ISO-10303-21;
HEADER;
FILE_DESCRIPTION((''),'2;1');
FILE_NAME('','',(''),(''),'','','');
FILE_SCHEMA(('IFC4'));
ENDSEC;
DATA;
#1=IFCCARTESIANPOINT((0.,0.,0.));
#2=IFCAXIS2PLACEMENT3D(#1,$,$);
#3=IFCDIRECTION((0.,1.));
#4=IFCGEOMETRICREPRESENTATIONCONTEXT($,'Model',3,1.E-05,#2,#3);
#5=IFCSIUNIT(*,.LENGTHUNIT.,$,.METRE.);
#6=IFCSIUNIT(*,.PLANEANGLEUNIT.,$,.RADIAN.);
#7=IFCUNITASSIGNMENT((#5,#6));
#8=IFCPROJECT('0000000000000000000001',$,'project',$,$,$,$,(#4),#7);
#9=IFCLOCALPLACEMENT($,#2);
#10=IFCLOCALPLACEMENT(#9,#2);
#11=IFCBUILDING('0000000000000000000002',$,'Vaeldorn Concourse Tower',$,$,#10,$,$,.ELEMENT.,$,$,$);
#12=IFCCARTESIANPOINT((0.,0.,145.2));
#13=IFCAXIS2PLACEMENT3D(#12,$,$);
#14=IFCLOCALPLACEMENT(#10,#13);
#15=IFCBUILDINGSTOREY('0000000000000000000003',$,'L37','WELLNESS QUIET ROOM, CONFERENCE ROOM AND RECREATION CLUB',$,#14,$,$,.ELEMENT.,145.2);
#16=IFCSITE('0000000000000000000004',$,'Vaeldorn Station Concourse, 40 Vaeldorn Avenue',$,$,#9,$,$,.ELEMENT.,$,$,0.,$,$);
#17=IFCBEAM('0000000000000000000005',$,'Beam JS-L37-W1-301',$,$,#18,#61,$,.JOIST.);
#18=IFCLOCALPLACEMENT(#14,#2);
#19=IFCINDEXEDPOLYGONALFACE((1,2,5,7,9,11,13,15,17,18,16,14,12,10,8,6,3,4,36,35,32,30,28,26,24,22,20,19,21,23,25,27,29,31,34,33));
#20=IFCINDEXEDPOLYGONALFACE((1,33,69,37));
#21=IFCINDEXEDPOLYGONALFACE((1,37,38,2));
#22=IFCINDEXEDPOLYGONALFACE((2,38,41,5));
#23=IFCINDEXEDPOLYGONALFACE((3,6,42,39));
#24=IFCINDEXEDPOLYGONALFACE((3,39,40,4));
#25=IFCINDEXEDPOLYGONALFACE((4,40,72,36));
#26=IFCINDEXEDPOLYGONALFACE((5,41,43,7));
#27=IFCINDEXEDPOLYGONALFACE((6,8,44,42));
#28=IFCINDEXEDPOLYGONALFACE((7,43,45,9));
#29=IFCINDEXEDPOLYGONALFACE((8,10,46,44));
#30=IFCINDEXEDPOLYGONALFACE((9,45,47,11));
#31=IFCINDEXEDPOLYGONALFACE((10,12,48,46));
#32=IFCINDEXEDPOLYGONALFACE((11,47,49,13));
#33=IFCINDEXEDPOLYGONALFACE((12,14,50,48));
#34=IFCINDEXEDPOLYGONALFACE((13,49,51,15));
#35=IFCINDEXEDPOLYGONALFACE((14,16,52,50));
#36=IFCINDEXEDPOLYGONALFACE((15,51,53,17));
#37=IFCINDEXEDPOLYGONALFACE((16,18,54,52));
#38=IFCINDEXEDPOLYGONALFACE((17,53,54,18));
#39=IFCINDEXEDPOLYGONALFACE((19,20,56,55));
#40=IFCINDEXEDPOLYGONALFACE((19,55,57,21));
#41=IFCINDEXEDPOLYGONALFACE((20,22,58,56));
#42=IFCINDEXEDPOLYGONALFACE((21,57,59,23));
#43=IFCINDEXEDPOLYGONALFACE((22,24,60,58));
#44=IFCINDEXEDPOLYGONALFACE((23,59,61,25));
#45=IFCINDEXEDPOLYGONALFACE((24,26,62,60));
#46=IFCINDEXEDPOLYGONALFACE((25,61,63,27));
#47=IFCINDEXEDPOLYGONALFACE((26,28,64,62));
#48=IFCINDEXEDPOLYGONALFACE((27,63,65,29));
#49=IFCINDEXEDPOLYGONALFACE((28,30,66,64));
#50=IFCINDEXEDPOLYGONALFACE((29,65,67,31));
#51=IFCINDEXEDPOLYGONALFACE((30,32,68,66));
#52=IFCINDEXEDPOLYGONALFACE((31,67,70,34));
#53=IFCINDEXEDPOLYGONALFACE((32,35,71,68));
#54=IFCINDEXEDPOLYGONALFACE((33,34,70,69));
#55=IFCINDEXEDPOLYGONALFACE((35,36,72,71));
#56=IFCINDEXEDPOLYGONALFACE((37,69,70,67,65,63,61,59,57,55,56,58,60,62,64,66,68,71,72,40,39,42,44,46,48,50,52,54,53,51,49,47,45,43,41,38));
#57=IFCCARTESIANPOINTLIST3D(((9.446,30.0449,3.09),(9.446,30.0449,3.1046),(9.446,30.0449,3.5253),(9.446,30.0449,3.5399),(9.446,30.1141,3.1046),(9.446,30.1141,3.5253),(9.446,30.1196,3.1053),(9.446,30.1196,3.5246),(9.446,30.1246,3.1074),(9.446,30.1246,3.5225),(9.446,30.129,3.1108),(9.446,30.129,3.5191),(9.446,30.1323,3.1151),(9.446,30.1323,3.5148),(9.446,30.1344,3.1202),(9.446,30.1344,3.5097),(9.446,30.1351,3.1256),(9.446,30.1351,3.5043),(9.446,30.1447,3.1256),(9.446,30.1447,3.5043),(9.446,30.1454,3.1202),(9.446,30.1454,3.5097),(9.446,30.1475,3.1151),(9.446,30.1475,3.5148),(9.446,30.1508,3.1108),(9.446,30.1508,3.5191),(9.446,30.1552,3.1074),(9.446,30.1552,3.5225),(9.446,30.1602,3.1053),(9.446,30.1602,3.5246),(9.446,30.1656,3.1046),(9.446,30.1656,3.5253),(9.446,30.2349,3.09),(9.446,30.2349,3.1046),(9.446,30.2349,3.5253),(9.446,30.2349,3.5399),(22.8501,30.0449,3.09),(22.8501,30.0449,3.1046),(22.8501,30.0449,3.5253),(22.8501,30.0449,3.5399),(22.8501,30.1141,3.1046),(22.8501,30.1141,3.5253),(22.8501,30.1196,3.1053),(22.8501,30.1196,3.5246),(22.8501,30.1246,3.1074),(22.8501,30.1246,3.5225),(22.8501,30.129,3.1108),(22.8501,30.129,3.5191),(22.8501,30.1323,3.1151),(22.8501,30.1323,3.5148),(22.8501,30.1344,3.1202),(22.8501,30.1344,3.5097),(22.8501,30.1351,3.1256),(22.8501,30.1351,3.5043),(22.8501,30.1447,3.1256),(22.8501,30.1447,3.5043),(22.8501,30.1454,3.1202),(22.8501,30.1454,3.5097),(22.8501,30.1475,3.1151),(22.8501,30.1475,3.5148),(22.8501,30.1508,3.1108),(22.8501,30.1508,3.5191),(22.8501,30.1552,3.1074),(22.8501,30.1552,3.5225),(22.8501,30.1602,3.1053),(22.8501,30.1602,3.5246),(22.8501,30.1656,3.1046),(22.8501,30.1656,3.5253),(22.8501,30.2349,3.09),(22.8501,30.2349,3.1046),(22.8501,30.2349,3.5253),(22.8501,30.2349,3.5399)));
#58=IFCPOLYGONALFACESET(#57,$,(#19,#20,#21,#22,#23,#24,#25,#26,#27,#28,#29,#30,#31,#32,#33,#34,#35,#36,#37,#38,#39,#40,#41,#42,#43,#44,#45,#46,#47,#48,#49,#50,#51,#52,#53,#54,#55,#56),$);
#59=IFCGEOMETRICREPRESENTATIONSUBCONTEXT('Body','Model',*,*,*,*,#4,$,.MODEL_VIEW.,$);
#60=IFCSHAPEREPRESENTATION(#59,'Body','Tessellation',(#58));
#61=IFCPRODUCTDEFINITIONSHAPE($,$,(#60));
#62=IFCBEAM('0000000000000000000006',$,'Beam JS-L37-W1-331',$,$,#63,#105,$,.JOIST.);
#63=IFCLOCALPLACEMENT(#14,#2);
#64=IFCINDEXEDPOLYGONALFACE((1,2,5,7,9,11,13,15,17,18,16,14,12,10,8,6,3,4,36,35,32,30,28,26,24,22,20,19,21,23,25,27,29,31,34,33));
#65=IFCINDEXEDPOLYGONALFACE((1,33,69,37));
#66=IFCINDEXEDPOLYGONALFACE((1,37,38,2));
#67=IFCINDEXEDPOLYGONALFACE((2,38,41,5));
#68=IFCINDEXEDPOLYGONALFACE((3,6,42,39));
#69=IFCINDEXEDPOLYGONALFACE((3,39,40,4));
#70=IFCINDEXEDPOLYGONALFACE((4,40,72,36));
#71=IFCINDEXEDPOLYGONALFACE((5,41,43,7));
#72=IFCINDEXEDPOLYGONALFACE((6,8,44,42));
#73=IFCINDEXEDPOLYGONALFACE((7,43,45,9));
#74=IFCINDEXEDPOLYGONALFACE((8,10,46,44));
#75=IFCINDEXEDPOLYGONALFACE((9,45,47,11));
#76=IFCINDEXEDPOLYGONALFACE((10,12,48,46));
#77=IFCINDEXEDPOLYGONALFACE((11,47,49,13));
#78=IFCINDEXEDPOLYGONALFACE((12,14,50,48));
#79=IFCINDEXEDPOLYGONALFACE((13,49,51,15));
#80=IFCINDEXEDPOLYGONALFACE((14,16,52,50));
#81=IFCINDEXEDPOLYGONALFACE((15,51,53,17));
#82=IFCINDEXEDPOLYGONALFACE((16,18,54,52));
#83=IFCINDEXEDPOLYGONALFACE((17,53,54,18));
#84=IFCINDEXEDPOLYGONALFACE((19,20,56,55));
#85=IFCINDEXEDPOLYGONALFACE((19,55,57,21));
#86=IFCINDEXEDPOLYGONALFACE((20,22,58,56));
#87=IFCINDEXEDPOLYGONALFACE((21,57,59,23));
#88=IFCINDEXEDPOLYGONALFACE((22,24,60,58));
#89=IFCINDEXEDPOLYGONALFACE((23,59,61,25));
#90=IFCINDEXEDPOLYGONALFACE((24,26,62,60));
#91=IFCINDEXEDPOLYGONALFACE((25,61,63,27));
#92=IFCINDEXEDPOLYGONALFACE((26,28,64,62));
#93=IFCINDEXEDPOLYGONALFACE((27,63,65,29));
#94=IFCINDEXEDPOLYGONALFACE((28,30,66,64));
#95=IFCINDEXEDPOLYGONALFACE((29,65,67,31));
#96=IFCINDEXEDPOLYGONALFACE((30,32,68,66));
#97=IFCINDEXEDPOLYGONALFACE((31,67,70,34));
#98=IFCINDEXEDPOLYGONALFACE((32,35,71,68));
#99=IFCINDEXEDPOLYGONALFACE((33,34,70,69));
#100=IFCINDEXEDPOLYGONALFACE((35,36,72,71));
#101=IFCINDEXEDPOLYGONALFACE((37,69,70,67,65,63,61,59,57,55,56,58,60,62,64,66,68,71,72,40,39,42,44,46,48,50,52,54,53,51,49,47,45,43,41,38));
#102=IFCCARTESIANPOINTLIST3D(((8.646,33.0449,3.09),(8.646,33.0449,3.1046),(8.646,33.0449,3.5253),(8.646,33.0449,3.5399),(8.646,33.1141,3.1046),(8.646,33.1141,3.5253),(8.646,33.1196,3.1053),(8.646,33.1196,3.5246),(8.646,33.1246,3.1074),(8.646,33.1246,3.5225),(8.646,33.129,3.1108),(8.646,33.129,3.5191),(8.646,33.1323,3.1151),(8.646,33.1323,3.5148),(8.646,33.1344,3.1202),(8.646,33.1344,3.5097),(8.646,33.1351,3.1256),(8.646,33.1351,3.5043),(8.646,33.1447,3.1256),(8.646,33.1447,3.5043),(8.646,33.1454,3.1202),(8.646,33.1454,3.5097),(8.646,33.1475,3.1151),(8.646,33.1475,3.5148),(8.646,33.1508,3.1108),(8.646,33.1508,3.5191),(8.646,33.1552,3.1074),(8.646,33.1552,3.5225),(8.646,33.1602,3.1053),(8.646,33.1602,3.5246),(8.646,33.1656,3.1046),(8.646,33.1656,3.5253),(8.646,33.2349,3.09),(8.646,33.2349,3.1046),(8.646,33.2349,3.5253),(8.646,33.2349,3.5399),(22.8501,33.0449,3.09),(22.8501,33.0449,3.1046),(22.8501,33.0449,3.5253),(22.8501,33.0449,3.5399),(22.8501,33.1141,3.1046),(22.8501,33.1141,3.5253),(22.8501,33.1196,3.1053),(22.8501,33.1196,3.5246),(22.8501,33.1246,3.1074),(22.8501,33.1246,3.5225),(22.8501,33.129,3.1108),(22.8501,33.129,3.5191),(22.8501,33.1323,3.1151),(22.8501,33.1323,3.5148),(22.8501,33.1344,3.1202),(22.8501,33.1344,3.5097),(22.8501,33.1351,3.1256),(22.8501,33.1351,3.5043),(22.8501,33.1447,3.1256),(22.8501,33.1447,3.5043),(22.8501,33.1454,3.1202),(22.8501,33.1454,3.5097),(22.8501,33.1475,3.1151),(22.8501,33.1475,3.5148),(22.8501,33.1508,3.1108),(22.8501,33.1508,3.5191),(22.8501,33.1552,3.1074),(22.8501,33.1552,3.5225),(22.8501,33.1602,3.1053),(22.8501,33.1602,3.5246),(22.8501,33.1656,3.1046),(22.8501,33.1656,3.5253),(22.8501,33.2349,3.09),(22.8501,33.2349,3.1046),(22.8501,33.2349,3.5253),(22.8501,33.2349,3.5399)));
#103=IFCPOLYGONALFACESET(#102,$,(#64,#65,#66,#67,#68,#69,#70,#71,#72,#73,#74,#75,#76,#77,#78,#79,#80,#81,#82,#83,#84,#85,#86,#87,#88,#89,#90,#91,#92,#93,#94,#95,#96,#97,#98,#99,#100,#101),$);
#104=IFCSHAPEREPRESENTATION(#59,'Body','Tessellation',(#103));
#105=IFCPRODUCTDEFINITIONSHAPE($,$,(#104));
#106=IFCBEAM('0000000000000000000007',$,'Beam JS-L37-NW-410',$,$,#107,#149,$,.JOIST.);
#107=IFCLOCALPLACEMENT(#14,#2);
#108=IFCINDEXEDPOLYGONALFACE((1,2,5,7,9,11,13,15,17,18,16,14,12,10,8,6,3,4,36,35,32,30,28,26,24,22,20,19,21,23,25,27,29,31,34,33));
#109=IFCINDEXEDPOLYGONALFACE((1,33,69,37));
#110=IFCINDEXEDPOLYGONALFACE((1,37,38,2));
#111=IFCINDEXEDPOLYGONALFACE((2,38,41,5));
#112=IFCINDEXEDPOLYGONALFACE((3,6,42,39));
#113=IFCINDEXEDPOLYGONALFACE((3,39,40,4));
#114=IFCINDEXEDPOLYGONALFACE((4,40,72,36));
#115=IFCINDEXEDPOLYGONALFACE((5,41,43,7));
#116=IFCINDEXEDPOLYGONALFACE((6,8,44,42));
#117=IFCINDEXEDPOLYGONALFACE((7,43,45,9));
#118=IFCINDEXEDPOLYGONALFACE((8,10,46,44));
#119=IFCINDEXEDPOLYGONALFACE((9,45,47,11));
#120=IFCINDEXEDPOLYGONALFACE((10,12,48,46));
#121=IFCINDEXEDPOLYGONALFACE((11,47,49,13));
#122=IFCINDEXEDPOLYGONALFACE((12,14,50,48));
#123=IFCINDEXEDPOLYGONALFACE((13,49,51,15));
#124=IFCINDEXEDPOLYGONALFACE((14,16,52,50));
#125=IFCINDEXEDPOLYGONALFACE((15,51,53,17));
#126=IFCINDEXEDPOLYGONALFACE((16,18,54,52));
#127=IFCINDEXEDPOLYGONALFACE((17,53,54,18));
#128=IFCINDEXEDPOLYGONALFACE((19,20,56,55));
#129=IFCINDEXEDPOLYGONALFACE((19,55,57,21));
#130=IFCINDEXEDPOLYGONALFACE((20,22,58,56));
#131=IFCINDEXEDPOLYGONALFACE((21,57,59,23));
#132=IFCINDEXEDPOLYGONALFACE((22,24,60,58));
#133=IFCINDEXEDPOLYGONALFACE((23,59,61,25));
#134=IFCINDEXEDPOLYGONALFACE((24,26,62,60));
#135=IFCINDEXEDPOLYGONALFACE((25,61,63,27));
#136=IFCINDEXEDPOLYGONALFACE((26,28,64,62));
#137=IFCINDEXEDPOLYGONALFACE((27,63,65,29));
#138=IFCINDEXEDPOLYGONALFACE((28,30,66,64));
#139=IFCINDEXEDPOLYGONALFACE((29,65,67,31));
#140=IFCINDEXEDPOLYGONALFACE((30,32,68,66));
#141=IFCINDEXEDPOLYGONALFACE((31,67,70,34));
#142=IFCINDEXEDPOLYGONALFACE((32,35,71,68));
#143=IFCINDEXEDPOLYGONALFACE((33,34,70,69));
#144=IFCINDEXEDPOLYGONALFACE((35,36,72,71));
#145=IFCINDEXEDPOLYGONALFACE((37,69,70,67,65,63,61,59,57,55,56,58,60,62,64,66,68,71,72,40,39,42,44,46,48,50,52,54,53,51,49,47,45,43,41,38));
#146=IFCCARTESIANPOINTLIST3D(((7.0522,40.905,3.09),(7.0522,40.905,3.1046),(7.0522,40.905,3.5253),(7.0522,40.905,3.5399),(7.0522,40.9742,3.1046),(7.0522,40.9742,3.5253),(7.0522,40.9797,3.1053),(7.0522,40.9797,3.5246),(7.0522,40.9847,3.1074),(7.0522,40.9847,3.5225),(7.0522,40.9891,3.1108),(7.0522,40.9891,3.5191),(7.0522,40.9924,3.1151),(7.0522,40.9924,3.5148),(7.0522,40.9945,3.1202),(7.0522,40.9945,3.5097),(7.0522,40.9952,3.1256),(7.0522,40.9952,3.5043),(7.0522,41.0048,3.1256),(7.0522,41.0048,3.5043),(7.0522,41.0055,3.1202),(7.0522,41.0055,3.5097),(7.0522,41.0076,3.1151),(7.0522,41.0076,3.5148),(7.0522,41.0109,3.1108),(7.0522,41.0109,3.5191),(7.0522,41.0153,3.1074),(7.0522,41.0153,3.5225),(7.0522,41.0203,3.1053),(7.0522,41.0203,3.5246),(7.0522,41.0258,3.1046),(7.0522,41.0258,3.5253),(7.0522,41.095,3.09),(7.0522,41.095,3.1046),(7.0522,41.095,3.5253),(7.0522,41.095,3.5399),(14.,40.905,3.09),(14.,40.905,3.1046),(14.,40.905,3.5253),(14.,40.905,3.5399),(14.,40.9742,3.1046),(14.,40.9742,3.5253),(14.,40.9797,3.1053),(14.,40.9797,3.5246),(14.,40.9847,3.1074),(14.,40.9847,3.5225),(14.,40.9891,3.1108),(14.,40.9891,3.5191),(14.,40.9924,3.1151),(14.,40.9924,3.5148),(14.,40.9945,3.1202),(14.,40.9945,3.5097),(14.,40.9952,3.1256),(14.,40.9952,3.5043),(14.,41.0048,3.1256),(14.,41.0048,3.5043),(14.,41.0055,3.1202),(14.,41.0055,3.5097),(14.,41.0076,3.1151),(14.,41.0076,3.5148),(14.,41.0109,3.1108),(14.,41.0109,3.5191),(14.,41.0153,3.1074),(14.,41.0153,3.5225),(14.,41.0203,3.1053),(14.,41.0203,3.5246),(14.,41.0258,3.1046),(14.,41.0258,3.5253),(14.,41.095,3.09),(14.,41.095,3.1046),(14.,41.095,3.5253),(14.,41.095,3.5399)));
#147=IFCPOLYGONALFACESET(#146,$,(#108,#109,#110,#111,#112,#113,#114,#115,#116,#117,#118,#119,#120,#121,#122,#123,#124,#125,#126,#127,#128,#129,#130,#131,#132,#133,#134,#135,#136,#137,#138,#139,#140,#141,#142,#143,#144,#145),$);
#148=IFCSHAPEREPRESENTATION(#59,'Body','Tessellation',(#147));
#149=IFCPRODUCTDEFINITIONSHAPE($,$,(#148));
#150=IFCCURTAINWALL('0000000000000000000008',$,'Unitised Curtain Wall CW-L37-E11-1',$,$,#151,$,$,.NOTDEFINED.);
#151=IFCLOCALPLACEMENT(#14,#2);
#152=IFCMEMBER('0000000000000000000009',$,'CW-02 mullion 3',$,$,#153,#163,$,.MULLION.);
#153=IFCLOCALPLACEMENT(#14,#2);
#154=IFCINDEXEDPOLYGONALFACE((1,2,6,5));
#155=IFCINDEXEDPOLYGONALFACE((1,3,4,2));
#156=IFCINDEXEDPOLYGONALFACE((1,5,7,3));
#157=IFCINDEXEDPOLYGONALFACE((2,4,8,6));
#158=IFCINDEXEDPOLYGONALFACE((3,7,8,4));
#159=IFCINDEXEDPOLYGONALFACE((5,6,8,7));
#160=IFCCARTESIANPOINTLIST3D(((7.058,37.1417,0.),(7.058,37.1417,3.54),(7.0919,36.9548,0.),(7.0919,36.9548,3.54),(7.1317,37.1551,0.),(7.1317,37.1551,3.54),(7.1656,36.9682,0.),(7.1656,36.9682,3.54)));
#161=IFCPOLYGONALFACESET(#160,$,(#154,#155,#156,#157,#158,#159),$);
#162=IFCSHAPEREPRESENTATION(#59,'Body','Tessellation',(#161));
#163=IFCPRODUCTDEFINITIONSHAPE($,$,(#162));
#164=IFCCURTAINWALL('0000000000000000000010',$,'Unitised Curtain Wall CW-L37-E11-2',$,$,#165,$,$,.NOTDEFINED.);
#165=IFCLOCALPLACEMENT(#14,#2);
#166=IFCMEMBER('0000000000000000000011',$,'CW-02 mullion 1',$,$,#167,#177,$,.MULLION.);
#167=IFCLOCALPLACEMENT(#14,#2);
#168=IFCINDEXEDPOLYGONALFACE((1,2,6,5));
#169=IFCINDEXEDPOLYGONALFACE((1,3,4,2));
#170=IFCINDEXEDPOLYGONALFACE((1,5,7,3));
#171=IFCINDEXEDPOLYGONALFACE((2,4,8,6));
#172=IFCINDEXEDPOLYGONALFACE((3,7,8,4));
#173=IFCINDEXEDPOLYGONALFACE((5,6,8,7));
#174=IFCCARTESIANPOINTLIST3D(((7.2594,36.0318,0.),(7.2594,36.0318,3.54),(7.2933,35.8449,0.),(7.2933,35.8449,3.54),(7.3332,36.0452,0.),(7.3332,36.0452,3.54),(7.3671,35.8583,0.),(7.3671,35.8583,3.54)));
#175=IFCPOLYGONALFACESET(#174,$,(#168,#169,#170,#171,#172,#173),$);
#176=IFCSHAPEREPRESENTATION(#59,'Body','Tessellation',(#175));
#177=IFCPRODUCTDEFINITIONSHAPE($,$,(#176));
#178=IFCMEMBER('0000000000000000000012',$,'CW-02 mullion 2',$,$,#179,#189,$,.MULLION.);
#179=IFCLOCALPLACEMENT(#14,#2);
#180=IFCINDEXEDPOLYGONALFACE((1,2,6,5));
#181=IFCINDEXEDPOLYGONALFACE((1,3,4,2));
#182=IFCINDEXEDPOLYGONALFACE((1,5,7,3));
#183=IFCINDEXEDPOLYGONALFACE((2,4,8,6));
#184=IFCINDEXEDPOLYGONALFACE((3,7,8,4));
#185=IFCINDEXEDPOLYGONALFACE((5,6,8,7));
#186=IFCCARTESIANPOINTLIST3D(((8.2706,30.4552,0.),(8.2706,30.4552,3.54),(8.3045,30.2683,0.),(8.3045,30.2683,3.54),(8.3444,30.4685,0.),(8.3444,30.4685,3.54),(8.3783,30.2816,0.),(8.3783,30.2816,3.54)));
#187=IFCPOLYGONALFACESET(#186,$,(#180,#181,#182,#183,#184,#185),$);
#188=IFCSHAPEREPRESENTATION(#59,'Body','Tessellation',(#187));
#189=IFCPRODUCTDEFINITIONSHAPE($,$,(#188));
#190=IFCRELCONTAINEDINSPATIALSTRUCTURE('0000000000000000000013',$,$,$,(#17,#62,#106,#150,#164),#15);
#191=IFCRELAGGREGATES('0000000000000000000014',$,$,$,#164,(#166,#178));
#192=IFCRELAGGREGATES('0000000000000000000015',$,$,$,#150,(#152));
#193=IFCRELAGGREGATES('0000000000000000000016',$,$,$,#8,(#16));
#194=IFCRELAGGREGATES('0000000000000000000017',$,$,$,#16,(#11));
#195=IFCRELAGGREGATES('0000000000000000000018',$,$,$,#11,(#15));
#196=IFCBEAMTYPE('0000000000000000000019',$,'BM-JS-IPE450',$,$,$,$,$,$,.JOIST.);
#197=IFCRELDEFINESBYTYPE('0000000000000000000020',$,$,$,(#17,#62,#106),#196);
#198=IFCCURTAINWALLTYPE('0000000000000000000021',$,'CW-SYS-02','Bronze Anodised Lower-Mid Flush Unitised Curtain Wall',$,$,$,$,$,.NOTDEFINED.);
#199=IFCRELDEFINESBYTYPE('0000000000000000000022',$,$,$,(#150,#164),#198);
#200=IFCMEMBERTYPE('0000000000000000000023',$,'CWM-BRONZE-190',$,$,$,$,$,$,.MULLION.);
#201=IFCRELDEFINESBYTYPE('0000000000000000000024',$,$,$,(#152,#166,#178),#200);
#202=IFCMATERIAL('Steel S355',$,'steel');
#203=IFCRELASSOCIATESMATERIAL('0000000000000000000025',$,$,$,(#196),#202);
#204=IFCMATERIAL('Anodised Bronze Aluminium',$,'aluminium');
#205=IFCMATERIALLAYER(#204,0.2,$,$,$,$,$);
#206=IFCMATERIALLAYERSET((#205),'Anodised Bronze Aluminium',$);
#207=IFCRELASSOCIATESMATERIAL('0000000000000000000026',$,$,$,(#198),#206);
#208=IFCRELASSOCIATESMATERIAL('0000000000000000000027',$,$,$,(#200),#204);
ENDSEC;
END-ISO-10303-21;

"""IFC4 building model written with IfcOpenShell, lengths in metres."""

from ifc_helpers import new_model, si_unit, direction, frame, origin, origin_2d, place, context, subcontext, project, spatial, rectangle, i_section, extrude, source, transform, mapped, material, layer, layer_set, material_profile, profile_set, type_object, element, aggregate, save


model = new_model("IFC4")

# Units and contexts
model_context = context("Model", 3, precision=1e-05, world=origin(), true_north=direction((0.0, 1.0)))
body_context = subcontext(model_context, "Body", "Model", "MODEL_VIEW")
ifc_project = project(units=[si_unit("LENGTHUNIT", "METRE"), si_unit("PLANEANGLEUNIT", "RADIAN")], contexts=[model_context])

# Site, building, storey
site_placement = place(None, origin())
site = spatial("IfcSite", under=ifc_project, at=site_placement, Name="Vaeldorn Station Concourse, 40 Vaeldorn Avenue", CompositionType="ELEMENT", RefElevation=0.0)
building_placement = place(site_placement, origin())
building = spatial("IfcBuilding", under=site, at=building_placement, Name="Vaeldorn Concourse Tower", CompositionType="ELEMENT")
storey_placement = place(building_placement, frame((0.0, 0.0, 145.2)))
storey = spatial("IfcBuildingStorey", under=building, at=storey_placement, Name="L37", Description="WELLNESS QUIET ROOM, CONFERENCE ROOM AND RECREATION CLUB", CompositionType="ELEMENT", Elevation=145.2)

# Beams
ifc_material_1 = material(Name="Steel S355", Category="steel")
ifc_material_profile_1 = material_profile(ifc_material_1, i_section(OverallWidth=0.1899, OverallDepth=0.45, WebThickness=0.0095, FlangeThickness=0.0146, FilletRadius=0.021, at=origin_2d()), Name="IPE 450")
ifc_profile_set_1 = profile_set([ifc_material_profile_1], Name="Steel S355")
beam_type_1 = type_object("IfcBeamType", Name="BM-JS-IPE450", PredefinedType="JOIST", material=ifc_profile_set_1)
shared_shape_1 = source(origin(), body_context, "Body", "SweptSolid", [
    extrude(i_section(OverallWidth=0.1899, OverallDepth=0.45, WebThickness=0.0095, FlangeThickness=0.0146, FilletRadius=0.021, at=origin_2d()), origin(), (0.0, 0.0, 1.0), 13.4041),
])
beam_1_placement = place(storey_placement, frame((9.446, 30.1399, 3.3149), z_axis=(1.0, 0.0, 0.0), x_axis=(0.0, 1.0, 0.0)))
element("IfcBeam", 1, at=beam_1_placement, inside=storey, type_object=beam_type_1, Name="Beam JS-L37-W1-301", PredefinedType="JOIST", context=body_context, shape_type="MappedRepresentation", body=[
    mapped(shared_shape_1, transform((0.0, 0.0, 0.0), scale=1.0)),
])
shared_shape_2 = source(origin(), body_context, "Body", "SweptSolid", [
    extrude(i_section(OverallWidth=0.1899, OverallDepth=0.45, WebThickness=0.0095, FlangeThickness=0.0146, FilletRadius=0.021, at=origin_2d()), origin(), (0.0, 0.0, 1.0), 14.2041),
])
beam_2_placement = place(storey_placement, frame((8.646, 33.1399, 3.3149), z_axis=(1.0, 0.0, 0.0), x_axis=(0.0, 1.0, 0.0)))
element("IfcBeam", 2, at=beam_2_placement, inside=storey, type_object=beam_type_1, Name="Beam JS-L37-W1-331", PredefinedType="JOIST", context=body_context, shape_type="MappedRepresentation", body=[
    mapped(shared_shape_2, transform((0.0, 0.0, 0.0), scale=1.0)),
])
shared_shape_3 = source(origin(), body_context, "Body", "SweptSolid", [
    extrude(i_section(OverallWidth=0.1899, OverallDepth=0.45, WebThickness=0.0095, FlangeThickness=0.0146, FilletRadius=0.021, at=origin_2d()), origin(), (0.0, 0.0, 1.0), 6.9478),
])
beam_3_placement = place(storey_placement, frame((7.0522, 41.0, 3.3149), z_axis=(1.0, 0.0, 0.0), x_axis=(0.0, 1.0, 0.0)))
element("IfcBeam", 3, at=beam_3_placement, inside=storey, type_object=beam_type_1, Name="Beam JS-L37-NW-410", PredefinedType="JOIST", context=body_context, shape_type="MappedRepresentation", body=[
    mapped(shared_shape_3, transform((0.0, 0.0, 0.0), scale=1.0)),
])

# Curtain wall, member
ifc_material_2 = material(Name="Anodised Bronze Aluminium", Category="aluminium")
ifc_layer_1 = layer(ifc_material_2, 0.2)
ifc_layer_set_1 = layer_set([ifc_layer_1], Name="Anodised Bronze Aluminium")
curtain_wall_type = type_object("IfcCurtainWallType", Name="CW-SYS-02", Description="Bronze Anodised Lower-Mid Flush Unitised Curtain Wall", PredefinedType="NOTDEFINED", material=ifc_layer_set_1)
curtain_wall_1_placement = place(storey_placement, origin())
curtain_wall_1 = element("IfcCurtainWall", 4, at=curtain_wall_1_placement, inside=storey, type_object=curtain_wall_type, Name="Unitised Curtain Wall CW-L37-E11-1", PredefinedType="NOTDEFINED")
ifc_material_profile_2 = material_profile(ifc_material_2, rectangle(XDim=0.075, YDim=0.1899, at=origin_2d()), Name="CWM 75x190")
ifc_profile_set_2 = profile_set([ifc_material_profile_2], Name="Anodised Bronze Aluminium")
member_type_1 = type_object("IfcMemberType", Name="CWM-BRONZE-190", PredefinedType="MULLION", material=ifc_profile_set_2)
shared_shape_4 = source(origin(), body_context, "Body", "SweptSolid", [
    extrude(rectangle(XDim=0.075, YDim=0.1899, at=origin_2d()), origin(), (0.0, 0.0, 1.0), 3.54),
])
member_1_placement = place(storey_placement, frame((7.1118, 37.0549, 0.0), z_axis=(0.0, 0.0, 1.0), x_axis=(0.98395, 0.178445, 0.0)))
member_1 = element("IfcMember", 5, at=member_1_placement, type_object=member_type_1, Name="CW-02 mullion 3", PredefinedType="MULLION", context=body_context, shape_type="MappedRepresentation", body=[
    mapped(shared_shape_4, transform((0.0, 0.0, 0.0), scale=1.0)),
])

# Curtain wall, members
curtain_wall_2_placement = place(storey_placement, origin())
curtain_wall_2 = element("IfcCurtainWall", 6, at=curtain_wall_2_placement, inside=storey, type_object=curtain_wall_type, Name="Unitised Curtain Wall CW-L37-E11-2", PredefinedType="NOTDEFINED")
member_2_placement = place(storey_placement, frame((7.3132, 35.9451, 0.0), z_axis=(0.0, 0.0, 1.0), x_axis=(0.98395, 0.178447, 0.0)))
member_2 = element("IfcMember", 7, at=member_2_placement, type_object=member_type_1, Name="CW-02 mullion 1", PredefinedType="MULLION", context=body_context, shape_type="MappedRepresentation", body=[
    mapped(shared_shape_4, transform((0.0, 0.0, 0.0), scale=1.0)),
])
member_3_placement = place(storey_placement, frame((8.3245, 30.3684, 0.0), z_axis=(0.0, 0.0, 1.0), x_axis=(0.98395, 0.178447, 0.0)))
member_3 = element("IfcMember", 8, at=member_3_placement, type_object=member_type_1, Name="CW-02 mullion 2", PredefinedType="MULLION", context=body_context, shape_type="MappedRepresentation", body=[
    mapped(shared_shape_4, transform((0.0, 0.0, 0.0), scale=1.0)),
])
aggregate(curtain_wall_2, [member_2, member_3])

aggregate(curtain_wall_1, [member_1])

save(model, "model.ifc")
